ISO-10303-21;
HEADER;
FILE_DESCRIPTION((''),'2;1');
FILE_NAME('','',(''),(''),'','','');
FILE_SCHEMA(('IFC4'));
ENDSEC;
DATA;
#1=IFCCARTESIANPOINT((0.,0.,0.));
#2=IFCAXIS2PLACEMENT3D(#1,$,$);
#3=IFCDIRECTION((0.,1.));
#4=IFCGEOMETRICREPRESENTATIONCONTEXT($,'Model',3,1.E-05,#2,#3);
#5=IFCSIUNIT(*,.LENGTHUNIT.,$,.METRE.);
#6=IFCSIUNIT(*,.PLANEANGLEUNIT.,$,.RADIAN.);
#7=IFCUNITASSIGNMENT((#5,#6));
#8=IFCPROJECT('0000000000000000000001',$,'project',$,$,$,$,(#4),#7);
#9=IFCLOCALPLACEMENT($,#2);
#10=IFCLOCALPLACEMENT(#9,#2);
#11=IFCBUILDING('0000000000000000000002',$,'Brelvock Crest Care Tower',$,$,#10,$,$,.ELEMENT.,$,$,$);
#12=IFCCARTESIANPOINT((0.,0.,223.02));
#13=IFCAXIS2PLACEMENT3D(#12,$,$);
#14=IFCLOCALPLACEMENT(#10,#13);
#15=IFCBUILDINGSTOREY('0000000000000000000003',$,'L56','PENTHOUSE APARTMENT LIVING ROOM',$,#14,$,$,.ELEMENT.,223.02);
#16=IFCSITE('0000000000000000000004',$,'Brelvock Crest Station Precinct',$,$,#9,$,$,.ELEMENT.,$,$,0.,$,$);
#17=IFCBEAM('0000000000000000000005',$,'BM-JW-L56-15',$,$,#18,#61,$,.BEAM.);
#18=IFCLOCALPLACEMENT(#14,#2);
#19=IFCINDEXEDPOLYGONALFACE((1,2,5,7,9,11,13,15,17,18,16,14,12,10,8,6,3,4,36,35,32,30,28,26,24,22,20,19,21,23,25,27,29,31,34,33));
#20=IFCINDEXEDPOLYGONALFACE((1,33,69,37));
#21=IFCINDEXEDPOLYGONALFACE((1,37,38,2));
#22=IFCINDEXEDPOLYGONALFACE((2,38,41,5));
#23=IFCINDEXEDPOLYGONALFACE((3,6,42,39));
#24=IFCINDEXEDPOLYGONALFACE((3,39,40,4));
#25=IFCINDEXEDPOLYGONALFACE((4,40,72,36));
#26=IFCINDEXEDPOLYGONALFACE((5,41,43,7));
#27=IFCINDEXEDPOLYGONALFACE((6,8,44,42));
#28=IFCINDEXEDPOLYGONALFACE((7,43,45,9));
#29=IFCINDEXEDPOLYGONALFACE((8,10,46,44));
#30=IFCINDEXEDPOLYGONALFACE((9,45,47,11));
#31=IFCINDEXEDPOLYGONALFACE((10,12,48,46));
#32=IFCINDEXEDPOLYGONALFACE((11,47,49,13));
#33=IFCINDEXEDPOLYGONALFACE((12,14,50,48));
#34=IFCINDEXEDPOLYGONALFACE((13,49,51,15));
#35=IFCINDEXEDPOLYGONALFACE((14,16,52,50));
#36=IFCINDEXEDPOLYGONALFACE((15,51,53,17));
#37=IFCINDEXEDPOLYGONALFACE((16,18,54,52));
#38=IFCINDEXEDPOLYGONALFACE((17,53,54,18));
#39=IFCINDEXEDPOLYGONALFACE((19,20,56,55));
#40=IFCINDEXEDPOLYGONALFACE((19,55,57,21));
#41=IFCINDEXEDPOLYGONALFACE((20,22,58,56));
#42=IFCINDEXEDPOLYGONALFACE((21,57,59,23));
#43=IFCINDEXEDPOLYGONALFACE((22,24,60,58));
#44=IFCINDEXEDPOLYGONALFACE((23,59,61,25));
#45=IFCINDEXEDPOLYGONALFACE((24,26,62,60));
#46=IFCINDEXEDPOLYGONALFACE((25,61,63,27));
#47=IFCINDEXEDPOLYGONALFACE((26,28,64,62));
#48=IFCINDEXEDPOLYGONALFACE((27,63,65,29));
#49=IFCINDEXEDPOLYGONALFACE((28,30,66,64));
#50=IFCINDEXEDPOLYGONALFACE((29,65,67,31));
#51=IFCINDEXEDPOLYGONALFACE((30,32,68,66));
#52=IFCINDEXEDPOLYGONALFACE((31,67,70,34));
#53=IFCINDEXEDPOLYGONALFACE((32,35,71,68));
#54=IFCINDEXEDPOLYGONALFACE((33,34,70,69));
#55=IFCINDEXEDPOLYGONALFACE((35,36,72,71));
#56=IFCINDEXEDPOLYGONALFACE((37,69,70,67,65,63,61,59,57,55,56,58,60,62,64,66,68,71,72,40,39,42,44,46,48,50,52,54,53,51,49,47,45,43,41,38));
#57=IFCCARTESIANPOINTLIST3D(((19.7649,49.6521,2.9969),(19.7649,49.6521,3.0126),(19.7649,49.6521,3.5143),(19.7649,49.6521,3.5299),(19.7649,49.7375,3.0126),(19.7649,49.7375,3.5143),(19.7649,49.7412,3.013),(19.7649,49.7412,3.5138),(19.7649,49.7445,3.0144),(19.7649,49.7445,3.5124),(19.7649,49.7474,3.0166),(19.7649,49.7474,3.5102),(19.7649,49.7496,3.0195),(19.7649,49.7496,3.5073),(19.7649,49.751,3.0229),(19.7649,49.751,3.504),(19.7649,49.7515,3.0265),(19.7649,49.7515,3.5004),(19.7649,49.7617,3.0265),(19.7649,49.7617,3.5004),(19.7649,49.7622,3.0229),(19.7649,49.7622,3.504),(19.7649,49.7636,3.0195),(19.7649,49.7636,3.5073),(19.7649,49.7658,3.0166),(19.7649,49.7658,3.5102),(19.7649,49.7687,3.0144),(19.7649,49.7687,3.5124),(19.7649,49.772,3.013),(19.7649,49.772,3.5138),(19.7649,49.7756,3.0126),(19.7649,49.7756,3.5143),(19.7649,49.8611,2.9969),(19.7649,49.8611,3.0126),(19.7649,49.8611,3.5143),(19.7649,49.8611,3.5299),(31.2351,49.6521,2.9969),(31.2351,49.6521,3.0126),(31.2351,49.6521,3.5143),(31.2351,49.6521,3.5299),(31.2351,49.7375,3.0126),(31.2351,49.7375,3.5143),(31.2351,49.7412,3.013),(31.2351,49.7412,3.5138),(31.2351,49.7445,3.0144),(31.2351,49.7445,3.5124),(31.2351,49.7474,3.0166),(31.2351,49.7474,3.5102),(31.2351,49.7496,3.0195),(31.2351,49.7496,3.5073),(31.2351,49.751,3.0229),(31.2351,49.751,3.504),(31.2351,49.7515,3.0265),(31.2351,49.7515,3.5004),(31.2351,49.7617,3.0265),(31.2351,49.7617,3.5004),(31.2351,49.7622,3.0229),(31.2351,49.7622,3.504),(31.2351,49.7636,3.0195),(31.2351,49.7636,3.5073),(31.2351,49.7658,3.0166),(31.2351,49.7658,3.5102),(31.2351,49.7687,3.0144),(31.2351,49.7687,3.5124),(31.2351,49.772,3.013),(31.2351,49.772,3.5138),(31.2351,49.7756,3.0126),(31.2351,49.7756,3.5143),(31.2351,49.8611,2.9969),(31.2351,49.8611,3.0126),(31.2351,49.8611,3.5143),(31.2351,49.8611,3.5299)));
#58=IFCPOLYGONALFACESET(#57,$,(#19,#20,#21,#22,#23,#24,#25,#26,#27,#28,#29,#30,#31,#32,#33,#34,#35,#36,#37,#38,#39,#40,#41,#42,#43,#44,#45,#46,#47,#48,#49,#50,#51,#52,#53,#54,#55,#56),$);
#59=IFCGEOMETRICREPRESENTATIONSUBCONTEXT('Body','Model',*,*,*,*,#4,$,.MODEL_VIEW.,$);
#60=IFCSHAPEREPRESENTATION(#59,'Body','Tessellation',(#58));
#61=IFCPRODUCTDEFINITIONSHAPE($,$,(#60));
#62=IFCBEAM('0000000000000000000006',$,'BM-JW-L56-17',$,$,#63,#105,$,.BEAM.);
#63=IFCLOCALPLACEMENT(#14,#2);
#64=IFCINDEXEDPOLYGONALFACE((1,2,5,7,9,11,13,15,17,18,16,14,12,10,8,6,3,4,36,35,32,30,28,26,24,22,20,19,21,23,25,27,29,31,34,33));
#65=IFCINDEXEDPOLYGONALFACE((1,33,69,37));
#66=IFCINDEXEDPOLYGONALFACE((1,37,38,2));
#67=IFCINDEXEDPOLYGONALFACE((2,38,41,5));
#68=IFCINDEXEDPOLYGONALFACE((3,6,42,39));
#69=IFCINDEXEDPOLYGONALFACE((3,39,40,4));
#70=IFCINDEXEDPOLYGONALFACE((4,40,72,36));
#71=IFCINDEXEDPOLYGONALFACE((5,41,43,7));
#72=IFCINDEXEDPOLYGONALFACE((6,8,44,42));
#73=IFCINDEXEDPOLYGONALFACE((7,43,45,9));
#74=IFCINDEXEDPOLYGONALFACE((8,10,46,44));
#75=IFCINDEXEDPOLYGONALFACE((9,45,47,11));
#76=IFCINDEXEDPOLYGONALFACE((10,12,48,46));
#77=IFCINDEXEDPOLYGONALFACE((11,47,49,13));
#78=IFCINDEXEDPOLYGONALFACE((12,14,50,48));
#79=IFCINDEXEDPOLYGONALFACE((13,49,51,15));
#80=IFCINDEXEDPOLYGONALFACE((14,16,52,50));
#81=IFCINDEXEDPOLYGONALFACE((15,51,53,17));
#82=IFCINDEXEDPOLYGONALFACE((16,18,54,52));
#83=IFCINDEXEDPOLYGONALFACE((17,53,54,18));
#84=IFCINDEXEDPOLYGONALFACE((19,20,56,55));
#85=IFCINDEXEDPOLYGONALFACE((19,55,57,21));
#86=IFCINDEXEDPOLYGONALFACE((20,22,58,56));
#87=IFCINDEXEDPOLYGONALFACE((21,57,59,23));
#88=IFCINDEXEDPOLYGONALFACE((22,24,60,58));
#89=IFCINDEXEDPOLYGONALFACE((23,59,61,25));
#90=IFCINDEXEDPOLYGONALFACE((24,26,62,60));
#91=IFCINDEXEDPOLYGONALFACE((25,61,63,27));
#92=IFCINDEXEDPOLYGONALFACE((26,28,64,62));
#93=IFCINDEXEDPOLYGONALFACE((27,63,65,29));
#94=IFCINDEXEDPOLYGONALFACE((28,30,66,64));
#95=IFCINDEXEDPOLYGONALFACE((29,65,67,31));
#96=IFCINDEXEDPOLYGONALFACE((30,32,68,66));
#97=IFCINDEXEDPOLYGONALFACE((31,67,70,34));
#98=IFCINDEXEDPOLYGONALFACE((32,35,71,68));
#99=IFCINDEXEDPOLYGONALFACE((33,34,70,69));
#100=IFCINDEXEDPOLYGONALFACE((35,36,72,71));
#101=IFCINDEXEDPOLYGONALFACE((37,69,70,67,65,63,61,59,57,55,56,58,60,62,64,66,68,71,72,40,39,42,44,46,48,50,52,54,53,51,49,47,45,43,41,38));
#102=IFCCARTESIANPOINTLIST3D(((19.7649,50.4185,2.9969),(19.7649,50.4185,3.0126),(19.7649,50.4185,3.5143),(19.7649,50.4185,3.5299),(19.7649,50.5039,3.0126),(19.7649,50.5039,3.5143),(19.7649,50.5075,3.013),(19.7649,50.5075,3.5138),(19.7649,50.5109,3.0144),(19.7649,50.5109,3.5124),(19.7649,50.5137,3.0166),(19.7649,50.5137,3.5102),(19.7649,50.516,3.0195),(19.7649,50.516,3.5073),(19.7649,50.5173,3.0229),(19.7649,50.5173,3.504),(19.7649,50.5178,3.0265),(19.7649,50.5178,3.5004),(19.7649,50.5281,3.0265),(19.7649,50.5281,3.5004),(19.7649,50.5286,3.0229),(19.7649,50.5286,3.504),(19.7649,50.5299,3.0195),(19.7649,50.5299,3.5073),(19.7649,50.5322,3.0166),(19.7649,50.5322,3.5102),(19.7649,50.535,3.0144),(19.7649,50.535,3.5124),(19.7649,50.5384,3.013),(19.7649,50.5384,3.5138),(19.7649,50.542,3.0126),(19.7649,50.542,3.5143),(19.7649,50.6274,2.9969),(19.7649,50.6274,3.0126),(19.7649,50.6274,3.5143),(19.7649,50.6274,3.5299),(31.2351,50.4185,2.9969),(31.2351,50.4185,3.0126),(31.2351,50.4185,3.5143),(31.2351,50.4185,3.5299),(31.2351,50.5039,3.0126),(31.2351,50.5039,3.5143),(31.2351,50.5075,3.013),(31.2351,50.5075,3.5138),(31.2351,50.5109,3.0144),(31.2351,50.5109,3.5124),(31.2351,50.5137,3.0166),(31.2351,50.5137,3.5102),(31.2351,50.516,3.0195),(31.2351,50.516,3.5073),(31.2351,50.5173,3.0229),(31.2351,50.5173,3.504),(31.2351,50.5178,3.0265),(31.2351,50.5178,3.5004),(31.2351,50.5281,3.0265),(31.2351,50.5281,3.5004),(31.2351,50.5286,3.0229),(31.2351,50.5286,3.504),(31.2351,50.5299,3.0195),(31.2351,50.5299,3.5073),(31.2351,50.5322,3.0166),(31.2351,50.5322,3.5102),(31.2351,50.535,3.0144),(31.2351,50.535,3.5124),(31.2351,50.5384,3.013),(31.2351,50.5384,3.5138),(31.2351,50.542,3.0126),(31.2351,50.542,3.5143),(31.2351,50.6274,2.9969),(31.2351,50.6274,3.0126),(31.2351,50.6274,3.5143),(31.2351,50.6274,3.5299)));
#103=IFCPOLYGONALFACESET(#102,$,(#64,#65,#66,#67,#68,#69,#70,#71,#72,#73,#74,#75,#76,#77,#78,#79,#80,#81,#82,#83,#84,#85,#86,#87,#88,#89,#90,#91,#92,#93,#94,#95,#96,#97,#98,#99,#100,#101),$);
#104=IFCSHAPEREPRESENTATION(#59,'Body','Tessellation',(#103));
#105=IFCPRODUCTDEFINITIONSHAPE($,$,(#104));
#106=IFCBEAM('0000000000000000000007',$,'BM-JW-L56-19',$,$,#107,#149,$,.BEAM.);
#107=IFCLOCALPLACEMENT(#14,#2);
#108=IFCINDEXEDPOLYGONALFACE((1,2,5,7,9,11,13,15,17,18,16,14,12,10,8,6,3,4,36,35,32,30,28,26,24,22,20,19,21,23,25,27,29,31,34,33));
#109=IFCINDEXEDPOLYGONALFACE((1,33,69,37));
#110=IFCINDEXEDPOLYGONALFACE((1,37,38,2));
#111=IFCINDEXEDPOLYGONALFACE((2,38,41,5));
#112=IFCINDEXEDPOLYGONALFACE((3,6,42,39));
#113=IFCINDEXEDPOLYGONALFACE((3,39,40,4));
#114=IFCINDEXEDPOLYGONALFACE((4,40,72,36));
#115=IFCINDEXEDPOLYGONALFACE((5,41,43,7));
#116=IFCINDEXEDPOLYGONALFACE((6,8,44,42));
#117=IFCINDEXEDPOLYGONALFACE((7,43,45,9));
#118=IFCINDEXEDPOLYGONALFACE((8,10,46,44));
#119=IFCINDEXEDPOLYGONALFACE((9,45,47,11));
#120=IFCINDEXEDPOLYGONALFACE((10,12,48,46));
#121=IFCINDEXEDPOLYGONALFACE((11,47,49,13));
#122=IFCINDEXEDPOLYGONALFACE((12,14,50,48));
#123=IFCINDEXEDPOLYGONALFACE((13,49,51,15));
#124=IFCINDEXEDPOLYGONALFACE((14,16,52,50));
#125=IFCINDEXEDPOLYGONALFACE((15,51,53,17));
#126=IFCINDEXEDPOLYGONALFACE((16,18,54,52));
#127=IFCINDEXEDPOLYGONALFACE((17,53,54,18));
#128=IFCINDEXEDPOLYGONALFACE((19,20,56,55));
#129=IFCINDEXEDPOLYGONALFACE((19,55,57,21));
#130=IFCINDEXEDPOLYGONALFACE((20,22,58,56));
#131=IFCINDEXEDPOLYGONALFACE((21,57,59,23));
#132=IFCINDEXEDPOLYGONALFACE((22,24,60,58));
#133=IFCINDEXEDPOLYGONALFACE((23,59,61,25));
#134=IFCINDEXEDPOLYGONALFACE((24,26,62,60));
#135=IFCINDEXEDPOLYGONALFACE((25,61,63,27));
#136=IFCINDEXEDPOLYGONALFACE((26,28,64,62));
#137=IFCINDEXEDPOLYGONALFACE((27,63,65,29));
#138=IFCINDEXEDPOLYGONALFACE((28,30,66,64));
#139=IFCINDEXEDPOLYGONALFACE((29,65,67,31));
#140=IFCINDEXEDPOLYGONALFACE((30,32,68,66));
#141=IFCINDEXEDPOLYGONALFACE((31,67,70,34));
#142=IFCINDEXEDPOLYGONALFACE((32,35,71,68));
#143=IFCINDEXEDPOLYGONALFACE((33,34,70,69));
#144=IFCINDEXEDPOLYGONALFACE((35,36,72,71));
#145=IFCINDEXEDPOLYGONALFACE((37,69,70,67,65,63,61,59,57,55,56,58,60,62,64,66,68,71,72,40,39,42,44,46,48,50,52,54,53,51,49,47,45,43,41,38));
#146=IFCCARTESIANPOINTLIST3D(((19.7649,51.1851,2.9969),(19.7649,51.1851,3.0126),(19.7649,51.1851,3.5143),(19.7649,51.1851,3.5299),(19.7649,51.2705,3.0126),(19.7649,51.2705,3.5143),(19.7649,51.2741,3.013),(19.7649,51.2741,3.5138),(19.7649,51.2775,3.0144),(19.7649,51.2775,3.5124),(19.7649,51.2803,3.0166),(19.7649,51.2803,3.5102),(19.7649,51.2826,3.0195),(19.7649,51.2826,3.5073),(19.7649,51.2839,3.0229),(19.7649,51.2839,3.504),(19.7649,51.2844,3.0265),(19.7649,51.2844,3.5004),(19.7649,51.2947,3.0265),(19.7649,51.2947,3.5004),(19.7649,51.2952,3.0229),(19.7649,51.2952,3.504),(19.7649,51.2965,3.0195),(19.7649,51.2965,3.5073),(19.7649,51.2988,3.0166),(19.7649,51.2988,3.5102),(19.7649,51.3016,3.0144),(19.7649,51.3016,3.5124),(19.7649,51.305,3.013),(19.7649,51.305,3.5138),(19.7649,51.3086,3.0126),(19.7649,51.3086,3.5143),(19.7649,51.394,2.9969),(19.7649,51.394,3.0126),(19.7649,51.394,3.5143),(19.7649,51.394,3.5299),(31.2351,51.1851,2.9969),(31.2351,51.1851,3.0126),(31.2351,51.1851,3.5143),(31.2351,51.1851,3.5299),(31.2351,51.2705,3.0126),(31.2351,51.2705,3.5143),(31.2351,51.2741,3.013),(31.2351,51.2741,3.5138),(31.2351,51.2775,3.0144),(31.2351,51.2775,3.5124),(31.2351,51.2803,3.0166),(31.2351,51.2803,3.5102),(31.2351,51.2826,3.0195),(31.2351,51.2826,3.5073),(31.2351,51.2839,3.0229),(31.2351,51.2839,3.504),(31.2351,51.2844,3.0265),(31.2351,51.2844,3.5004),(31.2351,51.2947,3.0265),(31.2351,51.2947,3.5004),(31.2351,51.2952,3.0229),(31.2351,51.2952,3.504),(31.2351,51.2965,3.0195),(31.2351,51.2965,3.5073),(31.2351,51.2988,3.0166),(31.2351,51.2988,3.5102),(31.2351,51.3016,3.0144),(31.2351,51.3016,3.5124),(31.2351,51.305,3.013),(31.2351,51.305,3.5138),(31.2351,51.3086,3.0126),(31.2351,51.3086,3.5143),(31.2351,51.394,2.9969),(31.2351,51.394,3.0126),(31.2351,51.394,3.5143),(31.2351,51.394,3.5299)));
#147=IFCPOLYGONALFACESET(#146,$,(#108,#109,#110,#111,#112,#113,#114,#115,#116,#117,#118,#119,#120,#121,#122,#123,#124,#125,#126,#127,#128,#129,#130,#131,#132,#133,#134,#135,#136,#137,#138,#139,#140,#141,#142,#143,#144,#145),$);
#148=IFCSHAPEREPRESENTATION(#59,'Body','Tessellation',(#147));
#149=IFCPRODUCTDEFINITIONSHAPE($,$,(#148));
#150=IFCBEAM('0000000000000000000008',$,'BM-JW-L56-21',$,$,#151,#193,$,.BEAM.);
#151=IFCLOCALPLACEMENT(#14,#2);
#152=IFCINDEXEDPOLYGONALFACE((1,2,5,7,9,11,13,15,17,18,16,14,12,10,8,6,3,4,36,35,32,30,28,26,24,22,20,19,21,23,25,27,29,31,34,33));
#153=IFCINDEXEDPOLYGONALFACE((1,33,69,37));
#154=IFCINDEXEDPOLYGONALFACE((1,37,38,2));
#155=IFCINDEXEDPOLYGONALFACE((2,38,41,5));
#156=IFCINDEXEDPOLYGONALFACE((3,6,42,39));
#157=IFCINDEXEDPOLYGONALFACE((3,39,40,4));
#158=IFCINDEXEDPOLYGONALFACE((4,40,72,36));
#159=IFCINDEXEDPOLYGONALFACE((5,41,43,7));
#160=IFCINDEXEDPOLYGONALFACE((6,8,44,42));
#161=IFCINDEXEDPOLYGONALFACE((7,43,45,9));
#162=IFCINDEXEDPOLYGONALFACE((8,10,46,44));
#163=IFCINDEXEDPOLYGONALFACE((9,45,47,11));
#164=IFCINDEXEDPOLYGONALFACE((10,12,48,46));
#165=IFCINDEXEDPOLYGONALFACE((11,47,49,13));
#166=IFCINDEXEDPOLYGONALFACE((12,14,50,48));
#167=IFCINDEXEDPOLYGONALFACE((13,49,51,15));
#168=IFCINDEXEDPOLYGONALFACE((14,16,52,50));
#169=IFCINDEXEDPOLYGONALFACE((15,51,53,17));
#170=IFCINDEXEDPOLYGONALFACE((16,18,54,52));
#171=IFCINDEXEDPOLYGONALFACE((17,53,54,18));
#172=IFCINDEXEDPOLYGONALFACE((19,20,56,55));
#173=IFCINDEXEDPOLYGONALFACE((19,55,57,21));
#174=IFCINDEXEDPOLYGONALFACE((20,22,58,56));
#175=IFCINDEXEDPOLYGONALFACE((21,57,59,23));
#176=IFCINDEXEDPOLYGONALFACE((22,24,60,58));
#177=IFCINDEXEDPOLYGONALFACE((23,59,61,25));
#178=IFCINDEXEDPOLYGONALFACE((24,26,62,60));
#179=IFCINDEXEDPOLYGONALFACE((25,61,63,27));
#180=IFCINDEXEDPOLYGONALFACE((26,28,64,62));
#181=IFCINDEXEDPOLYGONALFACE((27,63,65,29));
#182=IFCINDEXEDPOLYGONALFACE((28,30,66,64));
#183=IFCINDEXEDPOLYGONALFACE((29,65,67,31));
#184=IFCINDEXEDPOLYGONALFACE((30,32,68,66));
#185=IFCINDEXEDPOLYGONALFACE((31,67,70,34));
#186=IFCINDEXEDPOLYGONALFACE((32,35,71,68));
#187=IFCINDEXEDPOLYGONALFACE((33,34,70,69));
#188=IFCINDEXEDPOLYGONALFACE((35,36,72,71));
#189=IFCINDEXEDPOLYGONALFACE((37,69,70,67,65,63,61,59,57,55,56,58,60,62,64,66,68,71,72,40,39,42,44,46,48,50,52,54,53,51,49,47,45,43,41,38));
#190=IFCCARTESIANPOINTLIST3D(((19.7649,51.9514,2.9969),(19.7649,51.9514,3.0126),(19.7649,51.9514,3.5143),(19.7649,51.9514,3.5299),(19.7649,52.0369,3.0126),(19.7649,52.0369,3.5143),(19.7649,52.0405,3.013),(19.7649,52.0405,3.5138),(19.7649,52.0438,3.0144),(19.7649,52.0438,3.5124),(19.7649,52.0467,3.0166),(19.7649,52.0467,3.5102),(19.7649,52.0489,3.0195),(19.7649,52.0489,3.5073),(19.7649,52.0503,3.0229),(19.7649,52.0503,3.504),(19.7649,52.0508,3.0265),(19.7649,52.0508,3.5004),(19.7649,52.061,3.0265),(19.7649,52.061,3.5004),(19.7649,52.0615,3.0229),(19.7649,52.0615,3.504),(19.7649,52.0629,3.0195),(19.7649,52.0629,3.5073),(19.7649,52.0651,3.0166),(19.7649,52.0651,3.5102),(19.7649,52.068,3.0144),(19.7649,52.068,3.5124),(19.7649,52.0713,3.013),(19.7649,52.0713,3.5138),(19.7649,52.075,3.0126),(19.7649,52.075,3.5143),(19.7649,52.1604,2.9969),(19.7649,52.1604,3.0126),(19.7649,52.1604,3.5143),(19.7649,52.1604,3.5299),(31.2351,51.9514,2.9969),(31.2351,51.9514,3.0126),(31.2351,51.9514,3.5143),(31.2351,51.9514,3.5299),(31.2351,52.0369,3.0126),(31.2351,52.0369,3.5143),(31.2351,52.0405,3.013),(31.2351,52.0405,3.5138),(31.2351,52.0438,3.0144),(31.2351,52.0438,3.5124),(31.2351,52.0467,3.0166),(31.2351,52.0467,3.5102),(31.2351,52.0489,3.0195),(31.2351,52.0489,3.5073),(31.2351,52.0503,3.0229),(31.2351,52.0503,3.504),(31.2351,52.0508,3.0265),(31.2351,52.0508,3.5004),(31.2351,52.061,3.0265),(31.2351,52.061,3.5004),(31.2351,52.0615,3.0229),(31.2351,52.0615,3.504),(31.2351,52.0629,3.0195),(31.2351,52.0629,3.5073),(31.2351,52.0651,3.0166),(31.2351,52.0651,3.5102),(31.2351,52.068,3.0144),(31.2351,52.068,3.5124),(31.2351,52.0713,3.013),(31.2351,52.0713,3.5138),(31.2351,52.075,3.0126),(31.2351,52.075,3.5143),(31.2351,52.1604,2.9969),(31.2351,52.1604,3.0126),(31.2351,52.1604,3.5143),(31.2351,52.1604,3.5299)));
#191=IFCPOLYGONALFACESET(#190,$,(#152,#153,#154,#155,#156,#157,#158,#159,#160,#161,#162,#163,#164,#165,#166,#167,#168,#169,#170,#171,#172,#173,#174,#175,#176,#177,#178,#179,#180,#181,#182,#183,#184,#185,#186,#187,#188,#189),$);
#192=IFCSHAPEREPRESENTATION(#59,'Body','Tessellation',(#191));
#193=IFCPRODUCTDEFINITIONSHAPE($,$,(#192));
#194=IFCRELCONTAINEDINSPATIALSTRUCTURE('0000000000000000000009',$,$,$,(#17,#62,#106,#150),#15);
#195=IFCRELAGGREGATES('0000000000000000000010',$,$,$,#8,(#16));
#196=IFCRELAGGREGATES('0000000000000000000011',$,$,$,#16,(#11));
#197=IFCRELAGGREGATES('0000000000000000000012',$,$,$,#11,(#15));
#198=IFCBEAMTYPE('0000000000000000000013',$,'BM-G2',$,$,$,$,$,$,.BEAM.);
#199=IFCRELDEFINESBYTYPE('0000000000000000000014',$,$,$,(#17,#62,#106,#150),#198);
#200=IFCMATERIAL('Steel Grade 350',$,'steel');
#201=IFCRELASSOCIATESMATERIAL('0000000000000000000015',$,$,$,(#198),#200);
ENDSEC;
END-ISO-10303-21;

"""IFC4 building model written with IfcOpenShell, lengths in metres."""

from ifc_helpers import new_model, si_unit, direction, frame, origin, origin_2d, place, context, subcontext, project, spatial, i_section, extrude, source, transform, mapped, material, material_profile, profile_set, type_object, element, save


model = new_model("IFC4")

# Units and contexts
model_context = context("Model", 3, precision=1e-05, world=origin(), true_north=direction((0.0, 1.0)))
body_context = subcontext(model_context, "Body", "Model", "MODEL_VIEW")
ifc_project = project(units=[si_unit("LENGTHUNIT", "METRE"), si_unit("PLANEANGLEUNIT", "RADIAN")], contexts=[model_context])

# Site, building, storey
site_placement = place(None, origin())
site = spatial("IfcSite", under=ifc_project, at=site_placement, Name="Brelvock Crest Station Precinct", CompositionType="ELEMENT", RefElevation=0.0)
building_placement = place(site_placement, origin())
building = spatial("IfcBuilding", under=site, at=building_placement, Name="Brelvock Crest Care Tower", CompositionType="ELEMENT")
storey_placement = place(building_placement, frame((0.0, 0.0, 223.02)))
storey = spatial("IfcBuildingStorey", under=building, at=storey_placement, Name="L56", Description="PENTHOUSE APARTMENT LIVING ROOM", CompositionType="ELEMENT", Elevation=223.02)

# Beams
ifc_material_1 = material(Name="Steel Grade 350", Category="steel")
ifc_material_profile_1 = material_profile(ifc_material_1, i_section(OverallWidth=0.209, OverallDepth=0.533, WebThickness=0.0103, FlangeThickness=0.0156, FilletRadius=0.0139, at=origin_2d()), Name="530UB92.4")
ifc_profile_set_1 = profile_set([ifc_material_profile_1], Name="Steel Grade 350")
beam_type_1 = type_object("IfcBeamType", Name="BM-G2", PredefinedType="BEAM", material=ifc_profile_set_1)
shared_shape_1 = source(origin(), body_context, "Body", "SweptSolid", [
    extrude(i_section(OverallWidth=0.209, OverallDepth=0.533, WebThickness=0.0103, FlangeThickness=0.0156, FilletRadius=0.0139, at=origin_2d()), origin(), (0.0, 0.0, 1.0), 11.4702),
])
for number, where, z_axis, x_axis, name in (
    (1, (19.7649, 49.7566, 3.2634), (1.0, 0.0, 0.0), (0.0, 1.0, 0.0), "BM-JW-L56-15"),
    (2, (19.7649, 50.5229, 3.2634), (1.0, 0.0, 0.0), (0.0, 1.0, 0.0), "BM-JW-L56-17"),
    (3, (19.7649, 51.2896, 3.2634), (1.0, 0.0, 0.0), (0.0, 1.0, 0.0), "BM-JW-L56-19"),
    (4, (19.7649, 52.0559, 3.2634), (1.0, 0.0, 0.0), (0.0, 1.0, 0.0), "BM-JW-L56-21"),
):
    element("IfcBeam", number, at=place(storey_placement, frame(where, z_axis=z_axis, x_axis=x_axis)), inside=storey, type_object=beam_type_1, Name=name, PredefinedType="BEAM", context=body_context, shape_type="MappedRepresentation", body=[
        mapped(shared_shape_1, transform((0.0, 0.0, 0.0), x_axis=(1.0, 0.0, 0.0), y_axis=(0.0, 1.0, 0.0), z_axis=(0.0, 0.0, 1.0), scale=1.0)),
    ])

save(model, "model.ifc")
